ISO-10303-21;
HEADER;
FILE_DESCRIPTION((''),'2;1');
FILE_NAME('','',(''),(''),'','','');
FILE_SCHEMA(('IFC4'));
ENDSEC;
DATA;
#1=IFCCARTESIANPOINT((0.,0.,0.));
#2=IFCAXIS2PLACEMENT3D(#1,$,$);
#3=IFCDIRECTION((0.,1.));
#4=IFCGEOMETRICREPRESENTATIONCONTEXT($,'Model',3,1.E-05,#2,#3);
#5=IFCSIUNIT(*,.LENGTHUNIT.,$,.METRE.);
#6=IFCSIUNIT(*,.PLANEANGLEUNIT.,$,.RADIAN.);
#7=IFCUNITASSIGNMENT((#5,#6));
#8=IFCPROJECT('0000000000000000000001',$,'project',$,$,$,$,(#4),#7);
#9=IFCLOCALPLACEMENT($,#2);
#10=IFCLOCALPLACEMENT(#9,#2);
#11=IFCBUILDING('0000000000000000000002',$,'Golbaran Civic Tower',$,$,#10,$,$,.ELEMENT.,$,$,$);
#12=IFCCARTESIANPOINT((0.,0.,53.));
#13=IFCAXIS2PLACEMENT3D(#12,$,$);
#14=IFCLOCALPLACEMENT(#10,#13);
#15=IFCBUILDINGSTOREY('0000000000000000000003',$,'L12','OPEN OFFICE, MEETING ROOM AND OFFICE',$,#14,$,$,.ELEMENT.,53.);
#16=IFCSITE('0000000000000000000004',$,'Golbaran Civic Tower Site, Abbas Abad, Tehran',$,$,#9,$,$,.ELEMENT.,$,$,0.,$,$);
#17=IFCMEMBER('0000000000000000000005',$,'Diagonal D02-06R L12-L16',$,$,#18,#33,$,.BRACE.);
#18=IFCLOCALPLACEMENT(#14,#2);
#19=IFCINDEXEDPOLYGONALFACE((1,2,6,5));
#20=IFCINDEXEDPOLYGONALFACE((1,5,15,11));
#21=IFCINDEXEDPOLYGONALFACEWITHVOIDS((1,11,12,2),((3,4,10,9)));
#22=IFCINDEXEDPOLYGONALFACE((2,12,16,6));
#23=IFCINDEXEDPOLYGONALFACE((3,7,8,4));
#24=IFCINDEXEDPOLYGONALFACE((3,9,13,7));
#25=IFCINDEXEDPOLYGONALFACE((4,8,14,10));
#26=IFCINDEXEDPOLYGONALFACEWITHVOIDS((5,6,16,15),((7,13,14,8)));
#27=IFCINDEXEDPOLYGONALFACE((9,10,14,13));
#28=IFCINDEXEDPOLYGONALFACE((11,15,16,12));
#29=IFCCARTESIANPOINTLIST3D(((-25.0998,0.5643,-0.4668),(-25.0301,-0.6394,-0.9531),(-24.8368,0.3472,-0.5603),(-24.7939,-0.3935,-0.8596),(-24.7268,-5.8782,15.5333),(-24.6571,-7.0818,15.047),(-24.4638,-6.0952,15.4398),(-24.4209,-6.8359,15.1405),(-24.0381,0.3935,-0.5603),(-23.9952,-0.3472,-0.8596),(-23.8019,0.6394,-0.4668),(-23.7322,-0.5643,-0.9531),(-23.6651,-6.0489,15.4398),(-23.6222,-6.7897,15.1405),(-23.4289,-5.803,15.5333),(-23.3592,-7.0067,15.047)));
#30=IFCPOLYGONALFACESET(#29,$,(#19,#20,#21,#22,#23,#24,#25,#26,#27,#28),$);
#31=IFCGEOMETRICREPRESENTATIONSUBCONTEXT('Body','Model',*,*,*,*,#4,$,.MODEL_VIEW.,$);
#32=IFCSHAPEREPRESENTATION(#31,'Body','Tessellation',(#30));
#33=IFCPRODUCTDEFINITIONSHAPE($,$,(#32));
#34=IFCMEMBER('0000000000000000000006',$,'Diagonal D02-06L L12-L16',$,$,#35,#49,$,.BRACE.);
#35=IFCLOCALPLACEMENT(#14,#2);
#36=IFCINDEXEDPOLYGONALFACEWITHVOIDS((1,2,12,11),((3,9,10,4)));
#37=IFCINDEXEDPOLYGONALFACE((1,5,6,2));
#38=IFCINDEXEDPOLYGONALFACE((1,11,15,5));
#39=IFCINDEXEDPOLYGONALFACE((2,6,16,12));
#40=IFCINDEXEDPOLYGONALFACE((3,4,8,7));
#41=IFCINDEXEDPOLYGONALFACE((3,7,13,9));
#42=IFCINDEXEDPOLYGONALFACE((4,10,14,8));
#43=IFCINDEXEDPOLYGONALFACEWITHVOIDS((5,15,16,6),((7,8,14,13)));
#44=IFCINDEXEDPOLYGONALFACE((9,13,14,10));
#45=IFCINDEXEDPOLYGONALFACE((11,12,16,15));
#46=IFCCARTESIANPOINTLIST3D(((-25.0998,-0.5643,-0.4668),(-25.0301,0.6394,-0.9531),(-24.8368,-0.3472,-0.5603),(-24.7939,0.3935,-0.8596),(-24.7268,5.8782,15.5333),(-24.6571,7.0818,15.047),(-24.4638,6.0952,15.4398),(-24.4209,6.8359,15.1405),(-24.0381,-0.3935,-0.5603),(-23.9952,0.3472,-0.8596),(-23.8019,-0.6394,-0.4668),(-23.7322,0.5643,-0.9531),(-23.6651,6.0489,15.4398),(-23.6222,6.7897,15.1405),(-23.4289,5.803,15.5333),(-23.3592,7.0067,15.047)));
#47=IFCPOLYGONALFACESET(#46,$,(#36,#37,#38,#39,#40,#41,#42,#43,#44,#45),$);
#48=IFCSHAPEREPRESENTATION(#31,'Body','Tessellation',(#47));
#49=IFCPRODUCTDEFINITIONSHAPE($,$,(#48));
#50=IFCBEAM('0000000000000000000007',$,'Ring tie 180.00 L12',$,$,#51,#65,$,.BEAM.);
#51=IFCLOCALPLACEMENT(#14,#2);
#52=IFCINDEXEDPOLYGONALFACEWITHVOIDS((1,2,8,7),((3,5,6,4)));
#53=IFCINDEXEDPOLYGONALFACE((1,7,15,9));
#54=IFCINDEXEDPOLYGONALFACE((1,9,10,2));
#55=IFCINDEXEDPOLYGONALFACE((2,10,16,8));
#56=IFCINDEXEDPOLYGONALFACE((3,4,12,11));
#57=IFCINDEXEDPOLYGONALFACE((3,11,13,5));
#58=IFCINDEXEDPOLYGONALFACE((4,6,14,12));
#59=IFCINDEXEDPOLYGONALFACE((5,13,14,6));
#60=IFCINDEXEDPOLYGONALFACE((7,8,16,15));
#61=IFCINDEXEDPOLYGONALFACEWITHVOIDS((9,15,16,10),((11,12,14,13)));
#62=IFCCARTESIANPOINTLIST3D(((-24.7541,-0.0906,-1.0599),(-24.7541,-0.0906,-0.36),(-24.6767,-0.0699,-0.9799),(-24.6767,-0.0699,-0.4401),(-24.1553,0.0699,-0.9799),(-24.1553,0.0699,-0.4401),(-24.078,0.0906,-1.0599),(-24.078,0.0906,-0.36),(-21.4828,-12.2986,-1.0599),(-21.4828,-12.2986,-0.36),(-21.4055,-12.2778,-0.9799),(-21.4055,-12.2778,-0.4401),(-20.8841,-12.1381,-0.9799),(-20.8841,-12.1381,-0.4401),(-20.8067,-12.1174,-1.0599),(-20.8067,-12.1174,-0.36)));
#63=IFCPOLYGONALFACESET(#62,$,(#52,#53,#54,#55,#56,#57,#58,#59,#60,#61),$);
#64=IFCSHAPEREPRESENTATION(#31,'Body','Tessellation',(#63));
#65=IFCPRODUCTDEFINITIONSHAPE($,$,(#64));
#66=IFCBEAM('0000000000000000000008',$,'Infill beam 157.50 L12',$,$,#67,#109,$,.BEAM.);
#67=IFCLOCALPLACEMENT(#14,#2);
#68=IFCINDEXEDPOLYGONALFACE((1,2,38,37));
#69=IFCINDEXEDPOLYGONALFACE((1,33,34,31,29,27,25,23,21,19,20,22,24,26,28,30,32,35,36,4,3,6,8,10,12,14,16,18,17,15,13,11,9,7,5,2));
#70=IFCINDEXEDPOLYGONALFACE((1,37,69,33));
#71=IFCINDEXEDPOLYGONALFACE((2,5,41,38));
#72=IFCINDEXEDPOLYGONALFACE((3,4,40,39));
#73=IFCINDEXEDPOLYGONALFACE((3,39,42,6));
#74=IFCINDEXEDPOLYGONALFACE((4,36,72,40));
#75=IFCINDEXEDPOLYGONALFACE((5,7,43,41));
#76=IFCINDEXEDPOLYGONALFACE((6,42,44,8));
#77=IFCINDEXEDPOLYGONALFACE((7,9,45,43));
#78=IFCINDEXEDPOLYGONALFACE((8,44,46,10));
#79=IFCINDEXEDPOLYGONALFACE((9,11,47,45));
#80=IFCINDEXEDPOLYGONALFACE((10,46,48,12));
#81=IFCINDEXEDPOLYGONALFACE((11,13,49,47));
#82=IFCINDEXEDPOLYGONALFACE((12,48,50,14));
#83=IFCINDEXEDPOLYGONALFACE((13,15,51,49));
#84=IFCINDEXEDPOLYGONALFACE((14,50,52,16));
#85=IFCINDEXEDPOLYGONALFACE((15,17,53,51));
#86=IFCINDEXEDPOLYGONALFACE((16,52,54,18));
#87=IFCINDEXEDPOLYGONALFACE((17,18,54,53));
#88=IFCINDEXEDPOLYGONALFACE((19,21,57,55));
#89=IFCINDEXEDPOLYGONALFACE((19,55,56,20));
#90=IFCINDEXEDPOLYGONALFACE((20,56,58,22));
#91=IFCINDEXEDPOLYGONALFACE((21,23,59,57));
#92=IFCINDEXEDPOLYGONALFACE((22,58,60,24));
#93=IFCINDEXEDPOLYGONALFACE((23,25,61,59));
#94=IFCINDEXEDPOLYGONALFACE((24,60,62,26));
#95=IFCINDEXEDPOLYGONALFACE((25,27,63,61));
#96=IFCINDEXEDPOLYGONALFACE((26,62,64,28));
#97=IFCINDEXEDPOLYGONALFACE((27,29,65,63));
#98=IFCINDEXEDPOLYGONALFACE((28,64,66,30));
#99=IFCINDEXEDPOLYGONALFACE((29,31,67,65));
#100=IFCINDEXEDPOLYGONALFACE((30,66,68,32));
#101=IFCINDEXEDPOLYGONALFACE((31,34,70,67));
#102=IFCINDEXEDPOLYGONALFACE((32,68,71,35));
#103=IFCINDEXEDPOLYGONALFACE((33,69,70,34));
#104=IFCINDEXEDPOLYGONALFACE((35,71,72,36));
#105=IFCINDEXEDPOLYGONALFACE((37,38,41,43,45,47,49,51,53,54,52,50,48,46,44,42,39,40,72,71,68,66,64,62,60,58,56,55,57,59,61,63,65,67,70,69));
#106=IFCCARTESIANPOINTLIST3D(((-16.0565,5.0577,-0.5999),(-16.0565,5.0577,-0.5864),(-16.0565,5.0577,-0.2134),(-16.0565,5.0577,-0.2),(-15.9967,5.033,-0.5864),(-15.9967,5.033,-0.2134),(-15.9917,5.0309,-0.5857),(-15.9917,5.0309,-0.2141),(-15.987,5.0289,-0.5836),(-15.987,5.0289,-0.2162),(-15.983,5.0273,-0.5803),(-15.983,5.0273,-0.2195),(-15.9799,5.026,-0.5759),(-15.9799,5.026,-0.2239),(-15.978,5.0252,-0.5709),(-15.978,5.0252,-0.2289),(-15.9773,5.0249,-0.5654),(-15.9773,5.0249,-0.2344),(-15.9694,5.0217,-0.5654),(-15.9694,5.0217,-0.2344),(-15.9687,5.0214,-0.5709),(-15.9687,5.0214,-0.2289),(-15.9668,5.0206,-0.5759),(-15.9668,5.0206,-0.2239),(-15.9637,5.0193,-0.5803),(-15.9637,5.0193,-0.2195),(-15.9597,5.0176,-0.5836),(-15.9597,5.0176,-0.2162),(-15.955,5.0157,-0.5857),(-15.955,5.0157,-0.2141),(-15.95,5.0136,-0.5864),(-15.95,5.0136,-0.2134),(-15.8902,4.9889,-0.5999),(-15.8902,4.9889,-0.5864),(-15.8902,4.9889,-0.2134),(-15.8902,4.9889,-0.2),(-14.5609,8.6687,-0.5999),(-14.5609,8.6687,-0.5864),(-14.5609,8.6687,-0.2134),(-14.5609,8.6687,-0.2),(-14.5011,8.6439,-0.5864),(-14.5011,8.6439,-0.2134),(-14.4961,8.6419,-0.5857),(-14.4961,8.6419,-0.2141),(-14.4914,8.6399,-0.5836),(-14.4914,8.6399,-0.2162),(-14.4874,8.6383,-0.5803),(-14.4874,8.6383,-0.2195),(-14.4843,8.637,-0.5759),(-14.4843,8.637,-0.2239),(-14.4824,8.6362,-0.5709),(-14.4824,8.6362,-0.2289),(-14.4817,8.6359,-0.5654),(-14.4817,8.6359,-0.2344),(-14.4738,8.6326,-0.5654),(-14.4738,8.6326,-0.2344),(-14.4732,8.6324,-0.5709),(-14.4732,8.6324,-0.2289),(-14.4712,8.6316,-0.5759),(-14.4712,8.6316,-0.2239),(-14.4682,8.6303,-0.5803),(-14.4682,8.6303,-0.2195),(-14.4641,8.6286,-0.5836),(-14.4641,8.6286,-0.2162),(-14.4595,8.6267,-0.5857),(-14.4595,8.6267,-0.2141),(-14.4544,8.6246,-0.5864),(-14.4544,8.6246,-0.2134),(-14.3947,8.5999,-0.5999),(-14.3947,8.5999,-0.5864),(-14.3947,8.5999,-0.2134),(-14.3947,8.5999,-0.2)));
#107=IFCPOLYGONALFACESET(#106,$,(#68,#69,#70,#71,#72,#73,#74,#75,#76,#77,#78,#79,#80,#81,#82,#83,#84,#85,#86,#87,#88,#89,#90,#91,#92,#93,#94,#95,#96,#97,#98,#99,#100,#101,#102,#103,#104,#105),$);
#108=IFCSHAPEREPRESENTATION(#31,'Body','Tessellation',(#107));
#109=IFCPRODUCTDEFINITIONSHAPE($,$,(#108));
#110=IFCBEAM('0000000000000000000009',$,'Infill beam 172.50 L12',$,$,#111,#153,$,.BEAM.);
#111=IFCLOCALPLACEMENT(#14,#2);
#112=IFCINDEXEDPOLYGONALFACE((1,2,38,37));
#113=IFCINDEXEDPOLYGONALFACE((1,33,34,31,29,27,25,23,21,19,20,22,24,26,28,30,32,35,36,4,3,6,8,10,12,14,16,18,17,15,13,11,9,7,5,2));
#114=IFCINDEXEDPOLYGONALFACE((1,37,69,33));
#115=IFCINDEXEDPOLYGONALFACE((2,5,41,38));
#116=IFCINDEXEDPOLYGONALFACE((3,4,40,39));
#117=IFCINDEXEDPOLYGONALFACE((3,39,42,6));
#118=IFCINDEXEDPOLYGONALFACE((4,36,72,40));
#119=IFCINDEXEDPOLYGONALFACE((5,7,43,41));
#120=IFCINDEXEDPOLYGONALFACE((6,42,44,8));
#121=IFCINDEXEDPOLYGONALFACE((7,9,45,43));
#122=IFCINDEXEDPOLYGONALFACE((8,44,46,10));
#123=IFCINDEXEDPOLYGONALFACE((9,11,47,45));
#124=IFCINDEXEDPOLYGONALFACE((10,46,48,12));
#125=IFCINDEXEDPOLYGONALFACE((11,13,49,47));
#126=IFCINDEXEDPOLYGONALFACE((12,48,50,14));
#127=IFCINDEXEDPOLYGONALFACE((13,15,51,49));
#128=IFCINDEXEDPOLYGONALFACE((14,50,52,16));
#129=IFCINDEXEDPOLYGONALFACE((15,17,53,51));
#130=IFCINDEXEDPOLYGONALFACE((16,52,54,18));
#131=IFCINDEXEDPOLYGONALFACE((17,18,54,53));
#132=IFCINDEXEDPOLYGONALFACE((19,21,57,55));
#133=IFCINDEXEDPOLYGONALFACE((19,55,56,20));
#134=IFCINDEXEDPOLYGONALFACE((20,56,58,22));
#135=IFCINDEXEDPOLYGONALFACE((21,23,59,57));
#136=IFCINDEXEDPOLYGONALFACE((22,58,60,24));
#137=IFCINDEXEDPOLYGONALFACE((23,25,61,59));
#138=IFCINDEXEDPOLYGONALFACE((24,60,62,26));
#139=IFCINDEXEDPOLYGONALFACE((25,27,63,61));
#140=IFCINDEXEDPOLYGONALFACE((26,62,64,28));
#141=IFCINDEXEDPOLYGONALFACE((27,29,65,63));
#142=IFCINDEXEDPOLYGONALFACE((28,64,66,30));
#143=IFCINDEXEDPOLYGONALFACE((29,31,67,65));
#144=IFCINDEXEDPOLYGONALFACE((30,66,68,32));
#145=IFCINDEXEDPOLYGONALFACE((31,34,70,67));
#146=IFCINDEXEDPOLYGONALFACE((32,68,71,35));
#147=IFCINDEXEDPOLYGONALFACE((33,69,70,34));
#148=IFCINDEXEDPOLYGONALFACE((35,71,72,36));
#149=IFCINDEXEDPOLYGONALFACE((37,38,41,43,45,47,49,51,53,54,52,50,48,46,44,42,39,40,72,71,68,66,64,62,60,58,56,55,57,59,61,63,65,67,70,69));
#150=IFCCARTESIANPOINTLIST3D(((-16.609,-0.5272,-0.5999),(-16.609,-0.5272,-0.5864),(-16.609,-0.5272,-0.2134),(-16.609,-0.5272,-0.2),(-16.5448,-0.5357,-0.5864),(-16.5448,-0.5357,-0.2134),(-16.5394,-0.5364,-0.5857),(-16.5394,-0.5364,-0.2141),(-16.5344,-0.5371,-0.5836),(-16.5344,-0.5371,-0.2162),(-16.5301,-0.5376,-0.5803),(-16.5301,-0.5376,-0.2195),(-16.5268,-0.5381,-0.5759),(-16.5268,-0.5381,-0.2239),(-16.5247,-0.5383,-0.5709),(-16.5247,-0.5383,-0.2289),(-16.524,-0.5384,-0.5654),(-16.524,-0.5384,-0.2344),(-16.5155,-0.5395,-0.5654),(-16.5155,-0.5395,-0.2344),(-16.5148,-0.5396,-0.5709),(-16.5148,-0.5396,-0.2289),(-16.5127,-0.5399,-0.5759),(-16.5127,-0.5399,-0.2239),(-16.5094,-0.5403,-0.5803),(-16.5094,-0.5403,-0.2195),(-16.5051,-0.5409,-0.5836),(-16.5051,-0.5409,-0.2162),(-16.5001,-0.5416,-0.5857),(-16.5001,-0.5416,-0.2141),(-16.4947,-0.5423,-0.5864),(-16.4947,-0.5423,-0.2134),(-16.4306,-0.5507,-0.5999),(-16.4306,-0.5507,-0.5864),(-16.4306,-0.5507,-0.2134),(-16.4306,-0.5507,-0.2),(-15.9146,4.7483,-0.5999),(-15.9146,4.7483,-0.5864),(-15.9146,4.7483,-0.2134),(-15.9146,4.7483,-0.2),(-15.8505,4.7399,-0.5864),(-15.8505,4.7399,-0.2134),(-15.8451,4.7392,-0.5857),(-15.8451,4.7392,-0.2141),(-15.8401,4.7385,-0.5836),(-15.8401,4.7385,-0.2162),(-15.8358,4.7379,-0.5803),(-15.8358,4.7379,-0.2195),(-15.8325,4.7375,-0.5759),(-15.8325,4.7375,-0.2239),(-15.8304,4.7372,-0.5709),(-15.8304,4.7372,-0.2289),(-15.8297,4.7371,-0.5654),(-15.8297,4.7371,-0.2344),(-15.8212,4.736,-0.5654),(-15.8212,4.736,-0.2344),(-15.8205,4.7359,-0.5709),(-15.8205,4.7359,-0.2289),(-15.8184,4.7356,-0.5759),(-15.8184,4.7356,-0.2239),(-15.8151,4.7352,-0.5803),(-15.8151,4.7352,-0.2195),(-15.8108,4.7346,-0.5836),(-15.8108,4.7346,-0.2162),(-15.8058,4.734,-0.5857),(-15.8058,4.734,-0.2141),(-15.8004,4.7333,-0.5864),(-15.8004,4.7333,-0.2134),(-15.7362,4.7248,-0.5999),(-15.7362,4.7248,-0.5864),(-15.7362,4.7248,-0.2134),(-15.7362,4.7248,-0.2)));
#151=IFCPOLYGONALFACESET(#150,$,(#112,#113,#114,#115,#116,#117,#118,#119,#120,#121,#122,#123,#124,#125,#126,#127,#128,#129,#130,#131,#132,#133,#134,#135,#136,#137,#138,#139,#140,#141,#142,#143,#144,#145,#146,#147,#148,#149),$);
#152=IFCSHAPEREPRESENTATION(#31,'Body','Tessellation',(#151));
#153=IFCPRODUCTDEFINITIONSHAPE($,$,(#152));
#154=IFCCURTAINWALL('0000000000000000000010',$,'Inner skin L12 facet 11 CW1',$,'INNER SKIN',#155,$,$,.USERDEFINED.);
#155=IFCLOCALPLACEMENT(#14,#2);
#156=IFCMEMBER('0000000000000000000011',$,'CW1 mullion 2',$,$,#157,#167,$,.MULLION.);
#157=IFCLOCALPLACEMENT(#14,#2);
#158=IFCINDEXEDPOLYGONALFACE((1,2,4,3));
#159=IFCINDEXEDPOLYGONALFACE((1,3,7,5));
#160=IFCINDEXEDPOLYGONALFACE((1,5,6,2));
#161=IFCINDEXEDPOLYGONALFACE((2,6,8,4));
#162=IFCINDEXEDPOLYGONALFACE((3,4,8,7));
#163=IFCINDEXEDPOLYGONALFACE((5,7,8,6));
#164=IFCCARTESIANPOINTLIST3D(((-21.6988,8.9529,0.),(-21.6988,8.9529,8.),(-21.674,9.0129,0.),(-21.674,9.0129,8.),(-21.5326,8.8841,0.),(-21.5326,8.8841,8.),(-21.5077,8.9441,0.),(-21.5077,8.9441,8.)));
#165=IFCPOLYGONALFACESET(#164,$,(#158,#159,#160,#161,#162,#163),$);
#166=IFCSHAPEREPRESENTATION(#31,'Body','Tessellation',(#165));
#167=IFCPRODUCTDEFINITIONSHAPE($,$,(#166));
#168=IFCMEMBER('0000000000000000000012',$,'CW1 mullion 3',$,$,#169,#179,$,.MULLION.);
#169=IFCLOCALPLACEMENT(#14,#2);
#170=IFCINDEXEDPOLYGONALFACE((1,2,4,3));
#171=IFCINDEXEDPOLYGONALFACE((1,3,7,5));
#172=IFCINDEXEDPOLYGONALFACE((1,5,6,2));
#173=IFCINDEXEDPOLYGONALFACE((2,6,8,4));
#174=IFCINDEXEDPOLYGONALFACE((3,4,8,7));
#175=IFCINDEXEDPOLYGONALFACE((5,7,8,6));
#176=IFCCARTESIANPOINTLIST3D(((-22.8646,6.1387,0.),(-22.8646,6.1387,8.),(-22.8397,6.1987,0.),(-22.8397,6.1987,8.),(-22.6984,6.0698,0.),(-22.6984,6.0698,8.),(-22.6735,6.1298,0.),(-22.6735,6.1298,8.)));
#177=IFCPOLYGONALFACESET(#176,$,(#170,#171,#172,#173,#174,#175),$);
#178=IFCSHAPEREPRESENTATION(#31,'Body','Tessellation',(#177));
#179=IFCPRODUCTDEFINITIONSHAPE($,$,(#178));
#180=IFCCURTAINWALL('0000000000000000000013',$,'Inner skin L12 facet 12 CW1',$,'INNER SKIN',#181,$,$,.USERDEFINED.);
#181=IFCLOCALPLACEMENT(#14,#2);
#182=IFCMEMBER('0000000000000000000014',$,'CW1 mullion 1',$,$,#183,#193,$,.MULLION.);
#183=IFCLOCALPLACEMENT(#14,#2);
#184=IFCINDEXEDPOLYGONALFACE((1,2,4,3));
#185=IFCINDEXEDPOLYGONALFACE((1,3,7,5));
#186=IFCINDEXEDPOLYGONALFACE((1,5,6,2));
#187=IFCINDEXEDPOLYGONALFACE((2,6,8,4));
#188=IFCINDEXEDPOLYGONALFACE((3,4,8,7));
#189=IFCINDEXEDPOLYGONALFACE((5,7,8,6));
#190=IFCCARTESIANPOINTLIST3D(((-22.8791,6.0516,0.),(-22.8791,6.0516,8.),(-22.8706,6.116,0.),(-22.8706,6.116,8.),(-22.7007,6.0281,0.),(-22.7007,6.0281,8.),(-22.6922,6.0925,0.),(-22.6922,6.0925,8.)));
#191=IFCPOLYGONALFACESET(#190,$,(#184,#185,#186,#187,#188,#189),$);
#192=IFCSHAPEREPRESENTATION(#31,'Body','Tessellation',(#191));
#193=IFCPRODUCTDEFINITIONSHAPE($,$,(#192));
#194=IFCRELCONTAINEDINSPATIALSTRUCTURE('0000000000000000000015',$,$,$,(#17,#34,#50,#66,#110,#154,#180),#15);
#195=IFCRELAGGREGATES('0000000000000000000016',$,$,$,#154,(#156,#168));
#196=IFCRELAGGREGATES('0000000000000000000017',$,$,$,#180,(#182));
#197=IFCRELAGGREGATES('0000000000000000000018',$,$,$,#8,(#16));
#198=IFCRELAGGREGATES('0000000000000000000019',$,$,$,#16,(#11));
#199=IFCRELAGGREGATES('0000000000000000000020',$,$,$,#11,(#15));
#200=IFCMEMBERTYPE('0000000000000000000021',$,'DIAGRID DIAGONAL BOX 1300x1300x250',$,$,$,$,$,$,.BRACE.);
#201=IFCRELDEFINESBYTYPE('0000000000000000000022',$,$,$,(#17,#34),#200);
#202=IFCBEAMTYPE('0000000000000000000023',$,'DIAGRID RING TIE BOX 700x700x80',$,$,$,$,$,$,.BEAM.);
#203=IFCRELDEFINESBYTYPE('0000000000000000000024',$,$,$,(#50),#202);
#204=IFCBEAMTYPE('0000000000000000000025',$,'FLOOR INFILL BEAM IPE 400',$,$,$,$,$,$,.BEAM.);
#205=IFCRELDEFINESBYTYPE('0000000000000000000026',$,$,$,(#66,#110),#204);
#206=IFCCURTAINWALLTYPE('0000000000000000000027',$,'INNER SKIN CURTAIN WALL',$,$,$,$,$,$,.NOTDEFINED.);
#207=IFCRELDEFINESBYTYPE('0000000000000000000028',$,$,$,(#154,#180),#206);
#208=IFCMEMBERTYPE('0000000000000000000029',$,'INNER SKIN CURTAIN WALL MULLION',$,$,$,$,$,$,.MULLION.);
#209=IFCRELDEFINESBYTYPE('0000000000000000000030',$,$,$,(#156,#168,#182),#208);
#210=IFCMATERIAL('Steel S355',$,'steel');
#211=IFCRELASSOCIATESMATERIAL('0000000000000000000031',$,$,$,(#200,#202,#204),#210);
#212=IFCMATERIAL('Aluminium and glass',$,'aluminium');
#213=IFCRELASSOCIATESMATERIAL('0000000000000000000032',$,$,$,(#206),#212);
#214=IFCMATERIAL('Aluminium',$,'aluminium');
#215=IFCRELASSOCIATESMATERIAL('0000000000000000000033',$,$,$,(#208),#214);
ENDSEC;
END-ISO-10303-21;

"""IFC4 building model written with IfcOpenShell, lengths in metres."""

from ifc_helpers import new_model, si_unit, direction, frame, origin, origin_2d, place, context, subcontext, project, spatial, rectangle, hollow_rectangle, i_section, extrude, material, material_profile, profile_set, type_object, element, aggregate, save


model = new_model("IFC4")

# Units and contexts
model_context = context("Model", 3, precision=1e-05, world=origin(), true_north=direction((0.0, 1.0)))
body_context = subcontext(model_context, "Body", "Model", "MODEL_VIEW")
ifc_project = project(units=[si_unit("LENGTHUNIT", "METRE"), si_unit("PLANEANGLEUNIT", "RADIAN")], contexts=[model_context])

# Site, building, storey
site_placement = place(None, origin())
site = spatial("IfcSite", under=ifc_project, at=site_placement, Name="Golbaran Civic Tower Site, Abbas Abad, Tehran", CompositionType="ELEMENT", RefElevation=0.0)
building_placement = place(site_placement, origin())
building = spatial("IfcBuilding", under=site, at=building_placement, Name="Golbaran Civic Tower", CompositionType="ELEMENT")
storey_placement = place(building_placement, frame((0.0, 0.0, 53.0)))
storey = spatial("IfcBuildingStorey", under=building, at=storey_placement, Name="L12", Description="OPEN OFFICE, MEETING ROOM AND OFFICE", CompositionType="ELEMENT", Elevation=53.0)

# Members
ifc_material_1 = material(Name="Steel S355", Category="steel")
ifc_material_profile_1 = material_profile(ifc_material_1, hollow_rectangle(XDim=1.3, YDim=1.3, WallThickness=0.25, at=origin_2d()), Name="BOX 1300x1300x250")
ifc_profile_set_1 = profile_set([ifc_material_profile_1], Name="Steel S355")
member_type_1 = type_object("IfcMemberType", Name="DIAGRID DIAGONAL BOX 1300x1300x250", PredefinedType="BRACE", material=ifc_profile_set_1)
for number, where, z_axis, x_axis, name in (
    (1, (-24.416, 0.0, -0.71), (0.021623, -0.373421, 0.92741), (0.998328, 0.057808, 0.0), "Diagonal D02-06R L12-L16"),
    (2, (-24.416, 0.0, -0.71), (0.021623, 0.373421, 0.92741), (-0.998328, 0.057808, 0.0), "Diagonal D02-06L L12-L16"),
):
    element("IfcMember", number, at=place(storey_placement, frame(where, z_axis=z_axis, x_axis=x_axis)), inside=storey, type_object=member_type_1, Name=name, PredefinedType="BRACE", context=body_context, shape_type="SweptSolid", body=[
        extrude(hollow_rectangle(XDim=1.3, YDim=1.3, WallThickness=0.25, at=origin_2d()), origin(), (0.0, 0.0, 1.0), 17.2524),
    ])

# Beams
ifc_material_profile_2 = material_profile(ifc_material_1, hollow_rectangle(XDim=0.7, YDim=0.7, WallThickness=0.0801, at=origin_2d()), Name="BOX 700x700x80")
ifc_profile_set_2 = profile_set([ifc_material_profile_2], Name="Steel S355")
beam_type_1 = type_object("IfcBeamType", Name="DIAGRID RING TIE BOX 700x700x80", PredefinedType="BEAM", material=ifc_profile_set_2)
beam_1_placement = place(storey_placement, frame((-24.416, 0.0, -0.71), z_axis=(0.258827, -0.965924, 0.0), x_axis=(0.965924, 0.258827, 0.0)))
element("IfcBeam", 3, at=beam_1_placement, inside=storey, type_object=beam_type_1, Name="Ring tie 180.00 L12", PredefinedType="BEAM", context=body_context, shape_type="SweptSolid", body=[
    extrude(hollow_rectangle(XDim=0.7, YDim=0.7, WallThickness=0.0801, at=origin_2d()), origin(), (0.0, 0.0, 1.0), 12.6387),
])
ifc_material_profile_3 = material_profile(ifc_material_1, i_section(OverallWidth=0.1799, OverallDepth=0.3999, WebThickness=0.0085, FlangeThickness=0.0134, FilletRadius=0.021, at=origin_2d()), Name="IPE 400")
ifc_profile_set_3 = profile_set([ifc_material_profile_3], Name="Steel S355")
beam_type_2 = type_object("IfcBeamType", Name="FLOOR INFILL BEAM IPE 400", PredefinedType="BEAM", material=ifc_profile_set_3)
beam_2_placement = place(storey_placement, frame((-14.4778, 8.6343, -0.3999), z_axis=(-0.38265, -0.923894, 0.0), x_axis=(0.923894, -0.38265, 0.0)))
element("IfcBeam", 4, at=beam_2_placement, inside=storey, type_object=beam_type_2, Name="Infill beam 157.50 L12", PredefinedType="BEAM", context=body_context, shape_type="SweptSolid", body=[
    extrude(i_section(OverallWidth=0.1799, OverallDepth=0.3999, WebThickness=0.0085, FlangeThickness=0.0134, FilletRadius=0.021, at=origin_2d()), origin(), (0.0, 0.0, 1.0), 3.9084),
])
beam_3_placement = place(storey_placement, frame((-15.8254, 4.7366, -0.3999), z_axis=(-0.130487, -0.99145, 0.0), x_axis=(0.99145, -0.130487, 0.0)))
element("IfcBeam", 5, at=beam_3_placement, inside=storey, type_object=beam_type_2, Name="Infill beam 172.50 L12", PredefinedType="BEAM", context=body_context, shape_type="SweptSolid", body=[
    extrude(i_section(OverallWidth=0.1799, OverallDepth=0.3999, WebThickness=0.0085, FlangeThickness=0.0134, FilletRadius=0.021, at=origin_2d()), origin(), (0.0, 0.0, 1.0), 5.321),
])

# Curtain walls, members
ifc_material_2 = material(Name="Aluminium and glass", Category="aluminium")
curtain_wall_type_1 = type_object("IfcCurtainWallType", Name="INNER SKIN CURTAIN WALL", PredefinedType="NOTDEFINED", material=ifc_material_2)
curtain_wall_1_placement = place(storey_placement, origin())
curtain_wall_1 = element("IfcCurtainWall", 6, at=curtain_wall_1_placement, inside=storey, type_object=curtain_wall_type_1, Name="Inner skin L12 facet 11 CW1", ObjectType="INNER SKIN", PredefinedType="USERDEFINED")
ifc_material_3 = material(Name="Aluminium", Category="aluminium")
ifc_material_profile_4 = material_profile(ifc_material_3, rectangle(XDim=0.1799, YDim=0.0649, at=origin_2d()), Name="INNER SKIN CURTAIN WALL MULLION")
ifc_profile_set_4 = profile_set([ifc_material_profile_4], Name="Aluminium")
member_type_2 = type_object("IfcMemberType", Name="INNER SKIN CURTAIN WALL MULLION", PredefinedType="MULLION", material=ifc_profile_set_4)
member_1_placement = place(storey_placement, frame((-21.6033, 8.9485, 0.0), z_axis=(0.0, 0.0, 1.0), x_axis=(0.92388, -0.382683, 0.0)))
member_1 = element("IfcMember", 7, at=member_1_placement, type_object=member_type_2, Name="CW1 mullion 2", PredefinedType="MULLION", context=body_context, shape_type="SweptSolid", body=[
    extrude(rectangle(XDim=0.1799, YDim=0.0649, at=origin_2d()), origin(), (0.0, 0.0, 1.0), 8.0),
])
member_2_placement = place(storey_placement, frame((-22.769, 6.1343, 0.0), z_axis=(0.0, 0.0, 1.0), x_axis=(0.92388, -0.382683, 0.0)))
member_2 = element("IfcMember", 8, at=member_2_placement, type_object=member_type_2, Name="CW1 mullion 3", PredefinedType="MULLION", context=body_context, shape_type="SweptSolid", body=[
    extrude(rectangle(XDim=0.1799, YDim=0.0649, at=origin_2d()), origin(), (0.0, 0.0, 1.0), 8.0),
])
curtain_wall_2_placement = place(storey_placement, origin())
curtain_wall_2 = element("IfcCurtainWall", 9, at=curtain_wall_2_placement, inside=storey, type_object=curtain_wall_type_1, Name="Inner skin L12 facet 12 CW1", ObjectType="INNER SKIN", PredefinedType="USERDEFINED")
member_3_placement = place(storey_placement, frame((-22.7856, 6.072, 0.0), z_axis=(0.0, 0.0, 1.0), x_axis=(0.991445, -0.130526, 0.0)))
member_3 = element("IfcMember", 10, at=member_3_placement, type_object=member_type_2, Name="CW1 mullion 1", PredefinedType="MULLION", context=body_context, shape_type="SweptSolid", body=[
    extrude(rectangle(XDim=0.1799, YDim=0.0649, at=origin_2d()), origin(), (0.0, 0.0, 1.0), 8.0),
])

aggregate(curtain_wall_1, [member_1, member_2])
aggregate(curtain_wall_2, [member_3])

save(model, "model.ifc")
